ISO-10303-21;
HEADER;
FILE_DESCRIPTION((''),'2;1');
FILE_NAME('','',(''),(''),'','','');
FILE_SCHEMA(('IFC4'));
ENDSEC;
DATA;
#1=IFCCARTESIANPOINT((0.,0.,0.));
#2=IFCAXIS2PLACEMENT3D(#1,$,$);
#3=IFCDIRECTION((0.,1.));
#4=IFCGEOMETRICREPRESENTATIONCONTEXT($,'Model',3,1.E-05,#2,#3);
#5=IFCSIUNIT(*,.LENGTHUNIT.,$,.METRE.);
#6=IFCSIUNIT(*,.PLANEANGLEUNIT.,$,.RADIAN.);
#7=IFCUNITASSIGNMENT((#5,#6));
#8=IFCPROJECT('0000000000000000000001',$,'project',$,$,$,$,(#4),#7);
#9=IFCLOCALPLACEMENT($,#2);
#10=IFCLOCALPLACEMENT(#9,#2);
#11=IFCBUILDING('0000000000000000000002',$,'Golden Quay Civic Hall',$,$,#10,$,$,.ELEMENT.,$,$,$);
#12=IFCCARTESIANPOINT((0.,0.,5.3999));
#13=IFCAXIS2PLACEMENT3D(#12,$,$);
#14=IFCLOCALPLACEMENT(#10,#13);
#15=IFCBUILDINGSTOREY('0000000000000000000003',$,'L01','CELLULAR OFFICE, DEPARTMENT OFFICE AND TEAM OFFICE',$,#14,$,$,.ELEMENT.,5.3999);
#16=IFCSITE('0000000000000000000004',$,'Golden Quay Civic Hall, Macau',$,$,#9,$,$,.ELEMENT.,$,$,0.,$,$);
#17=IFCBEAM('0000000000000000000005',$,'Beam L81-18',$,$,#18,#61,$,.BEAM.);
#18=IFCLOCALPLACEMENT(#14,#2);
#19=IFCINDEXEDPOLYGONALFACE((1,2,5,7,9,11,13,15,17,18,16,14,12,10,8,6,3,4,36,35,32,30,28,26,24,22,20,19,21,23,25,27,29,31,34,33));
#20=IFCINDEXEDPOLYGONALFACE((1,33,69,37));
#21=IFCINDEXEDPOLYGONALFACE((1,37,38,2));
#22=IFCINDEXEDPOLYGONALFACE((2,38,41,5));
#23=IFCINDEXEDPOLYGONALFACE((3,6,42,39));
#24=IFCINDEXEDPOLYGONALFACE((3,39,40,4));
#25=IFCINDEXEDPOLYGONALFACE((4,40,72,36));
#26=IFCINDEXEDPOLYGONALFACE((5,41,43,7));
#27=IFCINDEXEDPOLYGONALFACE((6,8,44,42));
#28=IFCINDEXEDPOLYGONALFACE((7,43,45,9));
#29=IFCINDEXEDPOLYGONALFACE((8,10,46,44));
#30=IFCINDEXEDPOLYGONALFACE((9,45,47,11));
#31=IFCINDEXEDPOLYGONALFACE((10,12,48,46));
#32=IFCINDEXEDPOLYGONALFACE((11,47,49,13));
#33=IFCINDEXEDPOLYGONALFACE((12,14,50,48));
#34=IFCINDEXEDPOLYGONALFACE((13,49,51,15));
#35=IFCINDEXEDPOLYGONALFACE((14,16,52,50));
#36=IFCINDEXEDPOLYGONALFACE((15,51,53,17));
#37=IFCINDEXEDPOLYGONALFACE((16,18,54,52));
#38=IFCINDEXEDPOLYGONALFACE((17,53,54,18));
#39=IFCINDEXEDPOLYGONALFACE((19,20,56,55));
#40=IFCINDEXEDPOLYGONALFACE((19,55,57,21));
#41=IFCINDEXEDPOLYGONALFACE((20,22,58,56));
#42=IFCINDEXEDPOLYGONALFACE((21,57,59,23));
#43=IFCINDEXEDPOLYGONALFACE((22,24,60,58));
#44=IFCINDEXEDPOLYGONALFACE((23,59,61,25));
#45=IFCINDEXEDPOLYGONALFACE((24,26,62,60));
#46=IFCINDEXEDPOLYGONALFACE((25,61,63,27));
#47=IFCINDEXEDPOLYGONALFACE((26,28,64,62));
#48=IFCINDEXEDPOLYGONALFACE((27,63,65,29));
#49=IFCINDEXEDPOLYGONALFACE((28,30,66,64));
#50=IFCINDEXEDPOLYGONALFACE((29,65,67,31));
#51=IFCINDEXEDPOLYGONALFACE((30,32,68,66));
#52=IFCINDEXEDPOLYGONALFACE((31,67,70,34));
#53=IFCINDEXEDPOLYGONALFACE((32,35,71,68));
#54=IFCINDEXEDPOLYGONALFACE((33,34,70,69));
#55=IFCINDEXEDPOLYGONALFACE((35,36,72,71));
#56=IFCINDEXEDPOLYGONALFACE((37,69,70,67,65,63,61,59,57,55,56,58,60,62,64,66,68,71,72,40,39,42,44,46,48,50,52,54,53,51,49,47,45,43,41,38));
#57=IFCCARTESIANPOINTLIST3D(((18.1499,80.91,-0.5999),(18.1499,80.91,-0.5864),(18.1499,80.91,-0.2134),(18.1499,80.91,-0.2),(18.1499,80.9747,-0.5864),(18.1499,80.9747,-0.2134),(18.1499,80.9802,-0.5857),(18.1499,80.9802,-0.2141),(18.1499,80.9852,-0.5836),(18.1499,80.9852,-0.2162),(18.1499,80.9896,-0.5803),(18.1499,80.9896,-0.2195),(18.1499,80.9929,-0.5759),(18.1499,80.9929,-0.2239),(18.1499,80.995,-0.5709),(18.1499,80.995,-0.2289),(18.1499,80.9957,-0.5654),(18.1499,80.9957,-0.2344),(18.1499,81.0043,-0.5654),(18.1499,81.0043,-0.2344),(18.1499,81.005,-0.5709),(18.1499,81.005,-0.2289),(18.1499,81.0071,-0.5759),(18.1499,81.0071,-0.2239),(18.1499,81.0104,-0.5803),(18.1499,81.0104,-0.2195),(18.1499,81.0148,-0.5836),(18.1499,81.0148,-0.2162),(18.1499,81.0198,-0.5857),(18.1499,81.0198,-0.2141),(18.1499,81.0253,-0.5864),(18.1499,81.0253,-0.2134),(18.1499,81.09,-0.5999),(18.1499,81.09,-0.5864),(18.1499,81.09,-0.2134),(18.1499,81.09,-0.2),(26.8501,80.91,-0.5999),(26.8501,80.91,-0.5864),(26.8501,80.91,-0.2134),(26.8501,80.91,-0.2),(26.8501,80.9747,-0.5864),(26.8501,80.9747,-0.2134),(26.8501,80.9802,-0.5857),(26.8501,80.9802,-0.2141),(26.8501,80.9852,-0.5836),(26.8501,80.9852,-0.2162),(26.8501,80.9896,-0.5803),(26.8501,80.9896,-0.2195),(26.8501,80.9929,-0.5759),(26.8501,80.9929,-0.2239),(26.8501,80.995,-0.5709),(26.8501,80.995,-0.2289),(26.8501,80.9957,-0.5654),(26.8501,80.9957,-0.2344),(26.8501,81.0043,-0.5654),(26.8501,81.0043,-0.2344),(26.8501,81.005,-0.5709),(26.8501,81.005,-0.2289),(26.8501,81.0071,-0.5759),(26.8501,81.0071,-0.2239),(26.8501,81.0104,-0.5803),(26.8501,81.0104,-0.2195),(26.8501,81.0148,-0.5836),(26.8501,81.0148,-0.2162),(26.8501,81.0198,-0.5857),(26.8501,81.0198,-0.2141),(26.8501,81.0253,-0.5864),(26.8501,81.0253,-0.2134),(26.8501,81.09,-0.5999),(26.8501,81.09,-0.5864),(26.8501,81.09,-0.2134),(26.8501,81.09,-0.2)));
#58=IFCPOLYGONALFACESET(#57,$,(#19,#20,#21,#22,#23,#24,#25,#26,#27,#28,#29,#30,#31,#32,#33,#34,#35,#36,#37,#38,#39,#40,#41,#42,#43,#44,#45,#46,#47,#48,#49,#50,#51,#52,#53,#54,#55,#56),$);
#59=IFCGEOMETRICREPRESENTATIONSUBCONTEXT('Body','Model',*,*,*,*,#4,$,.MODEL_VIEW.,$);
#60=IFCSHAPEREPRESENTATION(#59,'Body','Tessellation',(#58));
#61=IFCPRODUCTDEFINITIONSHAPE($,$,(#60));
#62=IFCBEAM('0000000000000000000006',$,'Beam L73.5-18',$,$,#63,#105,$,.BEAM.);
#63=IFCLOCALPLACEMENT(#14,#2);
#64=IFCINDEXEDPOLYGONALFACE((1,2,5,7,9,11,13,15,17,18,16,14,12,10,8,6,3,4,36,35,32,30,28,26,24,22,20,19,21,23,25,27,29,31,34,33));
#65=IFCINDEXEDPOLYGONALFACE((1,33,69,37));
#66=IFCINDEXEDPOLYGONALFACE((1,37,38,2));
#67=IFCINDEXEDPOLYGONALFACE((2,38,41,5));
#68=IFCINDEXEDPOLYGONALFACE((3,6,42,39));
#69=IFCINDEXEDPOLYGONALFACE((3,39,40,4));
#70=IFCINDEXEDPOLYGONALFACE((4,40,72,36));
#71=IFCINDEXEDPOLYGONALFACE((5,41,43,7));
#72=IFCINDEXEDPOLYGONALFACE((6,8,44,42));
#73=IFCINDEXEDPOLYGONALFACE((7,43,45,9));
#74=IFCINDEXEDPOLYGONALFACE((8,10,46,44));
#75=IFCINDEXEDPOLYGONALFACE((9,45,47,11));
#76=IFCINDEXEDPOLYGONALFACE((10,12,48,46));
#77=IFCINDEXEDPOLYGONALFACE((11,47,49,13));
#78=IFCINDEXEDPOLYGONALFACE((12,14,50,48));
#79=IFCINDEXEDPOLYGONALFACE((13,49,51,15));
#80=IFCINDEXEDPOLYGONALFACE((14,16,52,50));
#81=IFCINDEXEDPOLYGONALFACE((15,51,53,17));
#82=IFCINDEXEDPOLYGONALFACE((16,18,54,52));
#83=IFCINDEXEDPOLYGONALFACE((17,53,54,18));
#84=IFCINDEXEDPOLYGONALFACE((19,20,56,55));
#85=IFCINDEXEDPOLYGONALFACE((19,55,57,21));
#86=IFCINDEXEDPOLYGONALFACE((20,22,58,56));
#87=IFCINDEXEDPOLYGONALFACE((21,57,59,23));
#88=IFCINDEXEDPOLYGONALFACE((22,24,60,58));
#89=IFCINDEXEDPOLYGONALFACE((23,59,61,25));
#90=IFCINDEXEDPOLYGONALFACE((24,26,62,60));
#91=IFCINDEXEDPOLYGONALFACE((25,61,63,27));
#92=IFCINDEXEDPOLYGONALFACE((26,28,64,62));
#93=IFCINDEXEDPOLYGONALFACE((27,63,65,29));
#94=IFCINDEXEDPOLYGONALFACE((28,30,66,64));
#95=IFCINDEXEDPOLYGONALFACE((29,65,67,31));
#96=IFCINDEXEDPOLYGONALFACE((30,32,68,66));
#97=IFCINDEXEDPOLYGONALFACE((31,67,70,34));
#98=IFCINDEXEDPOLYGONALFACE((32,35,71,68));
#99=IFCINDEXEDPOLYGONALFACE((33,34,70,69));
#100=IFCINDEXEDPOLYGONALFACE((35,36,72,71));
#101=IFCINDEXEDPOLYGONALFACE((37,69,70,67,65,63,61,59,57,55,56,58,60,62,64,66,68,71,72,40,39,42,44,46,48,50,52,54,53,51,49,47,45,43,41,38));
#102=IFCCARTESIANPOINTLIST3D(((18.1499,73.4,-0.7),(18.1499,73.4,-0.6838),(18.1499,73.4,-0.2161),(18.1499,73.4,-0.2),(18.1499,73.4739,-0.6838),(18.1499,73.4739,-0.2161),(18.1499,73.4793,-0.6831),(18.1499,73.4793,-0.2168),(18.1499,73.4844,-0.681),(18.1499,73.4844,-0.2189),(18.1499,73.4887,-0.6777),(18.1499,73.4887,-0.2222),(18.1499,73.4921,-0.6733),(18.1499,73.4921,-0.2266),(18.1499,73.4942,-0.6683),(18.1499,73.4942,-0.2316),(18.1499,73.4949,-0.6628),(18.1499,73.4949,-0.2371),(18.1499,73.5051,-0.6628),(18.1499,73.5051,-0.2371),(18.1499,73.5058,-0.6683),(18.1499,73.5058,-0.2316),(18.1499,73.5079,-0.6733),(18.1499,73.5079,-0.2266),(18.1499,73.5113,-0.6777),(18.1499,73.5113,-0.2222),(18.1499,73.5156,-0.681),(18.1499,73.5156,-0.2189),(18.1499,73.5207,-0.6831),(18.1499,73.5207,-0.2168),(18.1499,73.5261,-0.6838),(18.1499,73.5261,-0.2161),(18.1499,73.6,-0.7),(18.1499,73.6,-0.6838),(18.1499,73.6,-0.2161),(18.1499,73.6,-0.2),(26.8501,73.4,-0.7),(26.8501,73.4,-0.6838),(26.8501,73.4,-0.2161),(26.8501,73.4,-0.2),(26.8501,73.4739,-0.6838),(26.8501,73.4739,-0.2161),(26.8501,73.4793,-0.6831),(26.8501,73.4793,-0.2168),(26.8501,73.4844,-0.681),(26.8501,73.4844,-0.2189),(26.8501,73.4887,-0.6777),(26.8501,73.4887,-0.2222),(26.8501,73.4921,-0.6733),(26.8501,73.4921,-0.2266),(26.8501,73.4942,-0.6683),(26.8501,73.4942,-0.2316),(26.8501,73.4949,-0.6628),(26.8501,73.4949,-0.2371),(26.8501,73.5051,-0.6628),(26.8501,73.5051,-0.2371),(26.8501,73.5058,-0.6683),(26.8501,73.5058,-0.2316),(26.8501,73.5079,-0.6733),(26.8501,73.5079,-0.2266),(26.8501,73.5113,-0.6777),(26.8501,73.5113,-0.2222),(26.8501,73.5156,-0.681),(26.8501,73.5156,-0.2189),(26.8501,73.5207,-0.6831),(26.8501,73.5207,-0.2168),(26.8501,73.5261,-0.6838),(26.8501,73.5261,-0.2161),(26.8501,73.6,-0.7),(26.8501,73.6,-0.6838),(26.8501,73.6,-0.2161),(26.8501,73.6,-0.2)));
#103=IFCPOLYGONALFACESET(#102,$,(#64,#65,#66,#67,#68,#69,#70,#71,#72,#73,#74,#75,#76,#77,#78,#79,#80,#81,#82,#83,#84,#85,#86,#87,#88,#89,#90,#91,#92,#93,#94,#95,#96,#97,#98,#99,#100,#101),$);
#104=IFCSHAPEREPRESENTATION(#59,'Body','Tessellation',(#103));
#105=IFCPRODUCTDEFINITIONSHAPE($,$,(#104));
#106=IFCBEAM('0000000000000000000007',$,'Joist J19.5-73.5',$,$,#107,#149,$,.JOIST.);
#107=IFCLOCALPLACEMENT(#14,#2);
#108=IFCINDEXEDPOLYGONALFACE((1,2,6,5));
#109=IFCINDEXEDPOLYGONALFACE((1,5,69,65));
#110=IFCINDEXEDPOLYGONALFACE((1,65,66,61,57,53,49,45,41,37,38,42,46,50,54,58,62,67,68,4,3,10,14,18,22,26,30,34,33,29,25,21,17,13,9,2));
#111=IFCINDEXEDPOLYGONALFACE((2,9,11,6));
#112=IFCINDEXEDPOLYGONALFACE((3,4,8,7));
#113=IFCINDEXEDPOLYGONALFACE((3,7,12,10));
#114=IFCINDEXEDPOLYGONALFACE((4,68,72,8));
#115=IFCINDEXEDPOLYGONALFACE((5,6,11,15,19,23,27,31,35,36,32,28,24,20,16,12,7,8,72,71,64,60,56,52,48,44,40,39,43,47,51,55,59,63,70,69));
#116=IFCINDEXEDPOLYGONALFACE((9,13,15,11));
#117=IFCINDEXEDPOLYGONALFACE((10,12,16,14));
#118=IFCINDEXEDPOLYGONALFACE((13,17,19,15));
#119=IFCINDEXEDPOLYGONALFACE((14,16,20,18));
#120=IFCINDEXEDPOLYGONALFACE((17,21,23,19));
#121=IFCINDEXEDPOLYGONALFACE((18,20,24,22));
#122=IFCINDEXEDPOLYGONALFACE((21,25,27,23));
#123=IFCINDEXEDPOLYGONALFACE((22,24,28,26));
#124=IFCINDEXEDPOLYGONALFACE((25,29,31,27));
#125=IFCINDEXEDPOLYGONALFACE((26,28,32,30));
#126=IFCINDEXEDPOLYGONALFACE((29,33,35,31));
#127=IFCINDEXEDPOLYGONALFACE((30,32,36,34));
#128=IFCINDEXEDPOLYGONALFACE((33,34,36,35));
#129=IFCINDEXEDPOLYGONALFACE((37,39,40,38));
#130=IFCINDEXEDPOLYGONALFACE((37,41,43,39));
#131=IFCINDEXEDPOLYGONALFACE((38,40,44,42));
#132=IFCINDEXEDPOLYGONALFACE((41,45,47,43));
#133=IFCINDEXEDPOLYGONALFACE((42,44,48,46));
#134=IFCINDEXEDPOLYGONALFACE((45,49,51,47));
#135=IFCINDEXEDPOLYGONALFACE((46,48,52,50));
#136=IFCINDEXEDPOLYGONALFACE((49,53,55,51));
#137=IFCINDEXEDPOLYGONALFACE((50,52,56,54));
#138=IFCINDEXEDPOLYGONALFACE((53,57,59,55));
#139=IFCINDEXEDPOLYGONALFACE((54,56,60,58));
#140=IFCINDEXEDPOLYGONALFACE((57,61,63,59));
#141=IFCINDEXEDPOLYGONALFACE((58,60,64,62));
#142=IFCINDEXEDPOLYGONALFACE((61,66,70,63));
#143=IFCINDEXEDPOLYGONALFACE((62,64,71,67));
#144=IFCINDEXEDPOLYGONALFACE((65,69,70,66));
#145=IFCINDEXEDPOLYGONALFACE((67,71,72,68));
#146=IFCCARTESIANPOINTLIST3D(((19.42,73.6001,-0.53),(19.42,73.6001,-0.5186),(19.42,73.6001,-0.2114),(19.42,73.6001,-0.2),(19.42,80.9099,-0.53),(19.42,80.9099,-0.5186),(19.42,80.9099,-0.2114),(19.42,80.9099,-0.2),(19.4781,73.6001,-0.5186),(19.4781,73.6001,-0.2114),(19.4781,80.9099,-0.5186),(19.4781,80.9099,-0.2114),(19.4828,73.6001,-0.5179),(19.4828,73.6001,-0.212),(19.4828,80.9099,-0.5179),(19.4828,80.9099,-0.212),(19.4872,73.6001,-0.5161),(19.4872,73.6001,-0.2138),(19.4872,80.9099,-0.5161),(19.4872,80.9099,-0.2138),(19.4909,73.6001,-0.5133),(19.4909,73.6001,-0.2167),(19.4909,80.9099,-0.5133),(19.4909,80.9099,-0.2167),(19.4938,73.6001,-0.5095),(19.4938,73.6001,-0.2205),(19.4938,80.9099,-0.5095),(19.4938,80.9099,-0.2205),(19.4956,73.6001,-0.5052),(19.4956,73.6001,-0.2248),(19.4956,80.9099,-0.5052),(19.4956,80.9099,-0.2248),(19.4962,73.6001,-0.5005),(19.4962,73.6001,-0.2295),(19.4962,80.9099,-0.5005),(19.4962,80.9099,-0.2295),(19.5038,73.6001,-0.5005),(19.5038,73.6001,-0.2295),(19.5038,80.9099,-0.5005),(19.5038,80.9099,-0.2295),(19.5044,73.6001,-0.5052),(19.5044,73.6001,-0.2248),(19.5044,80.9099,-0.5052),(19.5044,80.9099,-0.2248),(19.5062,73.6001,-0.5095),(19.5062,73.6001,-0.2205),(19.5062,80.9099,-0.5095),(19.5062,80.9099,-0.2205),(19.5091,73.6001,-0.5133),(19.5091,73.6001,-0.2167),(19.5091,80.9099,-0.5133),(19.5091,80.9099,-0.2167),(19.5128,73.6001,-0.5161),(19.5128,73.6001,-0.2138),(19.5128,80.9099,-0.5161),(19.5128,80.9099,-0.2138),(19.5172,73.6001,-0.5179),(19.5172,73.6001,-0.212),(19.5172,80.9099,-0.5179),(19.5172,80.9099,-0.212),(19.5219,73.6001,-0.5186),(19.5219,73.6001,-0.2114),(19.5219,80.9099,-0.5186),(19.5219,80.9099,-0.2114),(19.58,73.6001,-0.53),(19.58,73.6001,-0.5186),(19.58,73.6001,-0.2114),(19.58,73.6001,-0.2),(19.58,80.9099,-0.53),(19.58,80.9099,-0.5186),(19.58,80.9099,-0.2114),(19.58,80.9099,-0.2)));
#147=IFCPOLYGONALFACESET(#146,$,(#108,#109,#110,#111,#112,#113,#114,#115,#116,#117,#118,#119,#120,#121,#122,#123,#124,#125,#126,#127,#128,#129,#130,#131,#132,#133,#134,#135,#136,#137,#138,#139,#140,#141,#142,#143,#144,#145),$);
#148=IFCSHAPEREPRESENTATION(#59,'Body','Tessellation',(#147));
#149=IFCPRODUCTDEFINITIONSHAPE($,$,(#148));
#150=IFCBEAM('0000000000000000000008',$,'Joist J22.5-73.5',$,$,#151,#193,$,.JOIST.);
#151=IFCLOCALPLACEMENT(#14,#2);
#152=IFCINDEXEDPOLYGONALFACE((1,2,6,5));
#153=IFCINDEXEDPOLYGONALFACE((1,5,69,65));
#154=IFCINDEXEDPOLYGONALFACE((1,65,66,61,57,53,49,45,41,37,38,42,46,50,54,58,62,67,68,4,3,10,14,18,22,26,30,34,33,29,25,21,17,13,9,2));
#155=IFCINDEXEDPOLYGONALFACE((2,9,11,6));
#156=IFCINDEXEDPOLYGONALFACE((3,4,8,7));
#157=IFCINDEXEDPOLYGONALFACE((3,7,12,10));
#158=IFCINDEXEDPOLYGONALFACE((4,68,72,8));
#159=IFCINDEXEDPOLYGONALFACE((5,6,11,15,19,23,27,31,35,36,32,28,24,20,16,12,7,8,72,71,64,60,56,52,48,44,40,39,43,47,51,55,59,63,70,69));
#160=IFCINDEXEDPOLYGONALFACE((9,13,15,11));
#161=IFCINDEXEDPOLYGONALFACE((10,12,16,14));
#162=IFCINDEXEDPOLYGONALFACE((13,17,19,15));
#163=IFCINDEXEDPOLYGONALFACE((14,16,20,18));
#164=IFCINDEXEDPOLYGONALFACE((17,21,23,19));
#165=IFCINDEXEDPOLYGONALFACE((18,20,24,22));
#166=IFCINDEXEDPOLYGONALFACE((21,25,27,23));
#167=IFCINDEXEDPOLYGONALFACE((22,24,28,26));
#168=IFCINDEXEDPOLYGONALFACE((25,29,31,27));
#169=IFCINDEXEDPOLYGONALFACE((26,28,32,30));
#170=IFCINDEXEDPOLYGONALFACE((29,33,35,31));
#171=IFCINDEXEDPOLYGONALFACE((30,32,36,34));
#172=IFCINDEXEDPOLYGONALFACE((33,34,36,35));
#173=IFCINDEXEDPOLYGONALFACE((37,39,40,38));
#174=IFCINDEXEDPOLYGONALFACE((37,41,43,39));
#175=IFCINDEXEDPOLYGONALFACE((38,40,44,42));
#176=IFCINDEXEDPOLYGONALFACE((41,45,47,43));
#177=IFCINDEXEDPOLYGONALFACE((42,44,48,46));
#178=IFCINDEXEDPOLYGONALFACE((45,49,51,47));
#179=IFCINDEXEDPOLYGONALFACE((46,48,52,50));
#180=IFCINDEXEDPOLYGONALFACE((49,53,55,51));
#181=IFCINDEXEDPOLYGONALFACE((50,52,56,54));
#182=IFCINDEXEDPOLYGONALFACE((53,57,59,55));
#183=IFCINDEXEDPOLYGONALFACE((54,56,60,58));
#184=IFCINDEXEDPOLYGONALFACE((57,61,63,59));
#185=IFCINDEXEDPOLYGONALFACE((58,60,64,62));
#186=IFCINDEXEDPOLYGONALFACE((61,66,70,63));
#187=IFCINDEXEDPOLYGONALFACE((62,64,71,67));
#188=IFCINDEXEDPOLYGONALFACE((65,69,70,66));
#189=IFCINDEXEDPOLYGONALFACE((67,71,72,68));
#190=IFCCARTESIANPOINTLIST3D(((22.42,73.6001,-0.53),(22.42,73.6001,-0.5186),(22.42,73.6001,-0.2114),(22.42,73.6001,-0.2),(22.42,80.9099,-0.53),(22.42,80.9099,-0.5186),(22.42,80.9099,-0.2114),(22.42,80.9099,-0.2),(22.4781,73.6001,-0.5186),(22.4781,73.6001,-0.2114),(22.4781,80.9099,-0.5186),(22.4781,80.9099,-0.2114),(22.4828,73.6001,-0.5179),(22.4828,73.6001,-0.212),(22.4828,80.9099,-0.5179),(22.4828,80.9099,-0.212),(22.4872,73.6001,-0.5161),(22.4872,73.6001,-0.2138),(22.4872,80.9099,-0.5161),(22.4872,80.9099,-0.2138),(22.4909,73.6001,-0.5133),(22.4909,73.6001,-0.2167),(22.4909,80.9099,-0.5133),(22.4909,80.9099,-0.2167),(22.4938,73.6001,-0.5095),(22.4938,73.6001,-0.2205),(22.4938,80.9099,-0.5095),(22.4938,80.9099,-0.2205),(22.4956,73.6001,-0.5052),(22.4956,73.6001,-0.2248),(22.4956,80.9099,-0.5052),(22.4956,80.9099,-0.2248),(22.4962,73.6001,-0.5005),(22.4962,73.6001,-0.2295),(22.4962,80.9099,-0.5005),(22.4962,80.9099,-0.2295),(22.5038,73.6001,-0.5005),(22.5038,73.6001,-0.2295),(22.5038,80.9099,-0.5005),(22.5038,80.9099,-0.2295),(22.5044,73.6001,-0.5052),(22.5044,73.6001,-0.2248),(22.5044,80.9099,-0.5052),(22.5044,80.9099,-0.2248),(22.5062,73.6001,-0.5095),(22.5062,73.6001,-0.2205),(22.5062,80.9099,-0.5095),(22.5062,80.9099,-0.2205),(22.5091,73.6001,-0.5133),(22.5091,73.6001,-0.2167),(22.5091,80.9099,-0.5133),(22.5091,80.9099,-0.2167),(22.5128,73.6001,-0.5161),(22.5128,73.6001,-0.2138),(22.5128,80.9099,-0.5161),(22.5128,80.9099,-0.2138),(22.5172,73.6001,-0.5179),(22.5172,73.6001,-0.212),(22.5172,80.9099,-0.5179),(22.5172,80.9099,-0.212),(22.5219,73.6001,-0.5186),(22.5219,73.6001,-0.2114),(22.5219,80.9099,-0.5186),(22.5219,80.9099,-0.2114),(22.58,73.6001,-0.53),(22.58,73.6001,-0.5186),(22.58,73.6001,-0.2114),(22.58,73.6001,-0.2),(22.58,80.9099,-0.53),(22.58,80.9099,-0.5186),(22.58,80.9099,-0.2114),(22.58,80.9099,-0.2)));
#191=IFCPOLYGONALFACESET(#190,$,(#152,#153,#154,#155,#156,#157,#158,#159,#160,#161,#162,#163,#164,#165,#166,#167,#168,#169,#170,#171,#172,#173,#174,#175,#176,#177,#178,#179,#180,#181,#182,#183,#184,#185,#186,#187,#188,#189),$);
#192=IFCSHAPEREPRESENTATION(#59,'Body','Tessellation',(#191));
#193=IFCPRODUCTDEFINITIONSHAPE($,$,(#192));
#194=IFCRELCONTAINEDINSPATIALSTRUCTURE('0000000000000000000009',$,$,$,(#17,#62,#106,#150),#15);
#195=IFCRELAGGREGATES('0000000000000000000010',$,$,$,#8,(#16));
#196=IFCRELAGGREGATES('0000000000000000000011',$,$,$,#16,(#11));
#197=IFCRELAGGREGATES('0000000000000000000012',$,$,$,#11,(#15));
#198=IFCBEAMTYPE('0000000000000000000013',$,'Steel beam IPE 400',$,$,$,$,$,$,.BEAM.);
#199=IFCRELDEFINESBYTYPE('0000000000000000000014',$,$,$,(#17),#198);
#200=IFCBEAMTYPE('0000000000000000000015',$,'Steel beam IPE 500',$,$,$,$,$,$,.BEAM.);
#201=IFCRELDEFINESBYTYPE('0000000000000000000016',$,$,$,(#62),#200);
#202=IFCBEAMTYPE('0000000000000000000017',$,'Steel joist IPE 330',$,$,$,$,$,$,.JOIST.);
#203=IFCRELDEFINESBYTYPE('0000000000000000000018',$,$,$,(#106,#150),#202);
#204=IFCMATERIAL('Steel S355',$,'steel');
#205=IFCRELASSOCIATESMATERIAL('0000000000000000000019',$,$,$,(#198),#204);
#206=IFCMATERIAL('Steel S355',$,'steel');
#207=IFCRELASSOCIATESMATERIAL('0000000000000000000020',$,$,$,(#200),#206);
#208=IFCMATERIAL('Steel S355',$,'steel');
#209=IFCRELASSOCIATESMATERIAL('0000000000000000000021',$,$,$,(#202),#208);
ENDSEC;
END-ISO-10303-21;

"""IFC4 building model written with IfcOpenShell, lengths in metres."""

from ifc_helpers import new_model, si_unit, direction, frame, origin, origin_2d, place, context, subcontext, project, spatial, i_section, extrude, material, material_profile, profile_set, type_object, element, save


model = new_model("IFC4")

# Units and contexts
model_context = context("Model", 3, precision=1e-05, world=origin(), true_north=direction((0.0, 1.0)))
body_context = subcontext(model_context, "Body", "Model", "MODEL_VIEW")
ifc_project = project(units=[si_unit("LENGTHUNIT", "METRE"), si_unit("PLANEANGLEUNIT", "RADIAN")], contexts=[model_context])

# Site, building, storey
site_placement = place(None, origin())
site = spatial("IfcSite", under=ifc_project, at=site_placement, Name="Golden Quay Civic Hall, Macau", CompositionType="ELEMENT", RefElevation=0.0)
building_placement = place(site_placement, origin())
building = spatial("IfcBuilding", under=site, at=building_placement, Name="Golden Quay Civic Hall", CompositionType="ELEMENT")
storey_placement = place(building_placement, frame((0.0, 0.0, 5.3999)))
storey = spatial("IfcBuildingStorey", under=building, at=storey_placement, Name="L01", Description="CELLULAR OFFICE, DEPARTMENT OFFICE AND TEAM OFFICE", CompositionType="ELEMENT", Elevation=5.3999)

# Beams
ifc_material_1 = material(Name="Steel S355", Category="steel")
ifc_material_profile_1 = material_profile(ifc_material_1, i_section(OverallWidth=0.1799, OverallDepth=0.3999, WebThickness=0.0085, FlangeThickness=0.0134, FilletRadius=0.021, at=origin_2d()), Name="IPE 400")
ifc_profile_set_1 = profile_set([ifc_material_profile_1], Name="Steel S355")
beam_type_1 = type_object("IfcBeamType", Name="Steel beam IPE 400", PredefinedType="BEAM", material=ifc_profile_set_1)
beam_1_placement = place(storey_placement, frame((18.1499, 81.0, -0.3999), z_axis=(1.0, 0.0, 0.0), x_axis=(0.0, 1.0, 0.0)))
element("IfcBeam", 1, at=beam_1_placement, inside=storey, type_object=beam_type_1, Name="Beam L81-18", PredefinedType="BEAM", context=body_context, shape_type="SweptSolid", body=[
    extrude(i_section(OverallWidth=0.1799, OverallDepth=0.3999, WebThickness=0.0085, FlangeThickness=0.0134, FilletRadius=0.021, at=origin_2d()), origin(), (0.0, 0.0, 1.0), 8.7002),
])
ifc_material_2 = material(Name="Steel S355", Category="steel")
ifc_material_profile_2 = material_profile(ifc_material_2, i_section(OverallWidth=0.2, OverallDepth=0.5, WebThickness=0.0103, FlangeThickness=0.0161, FilletRadius=0.021, at=origin_2d()), Name="IPE 500")
ifc_profile_set_2 = profile_set([ifc_material_profile_2], Name="Steel S355")
beam_type_2 = type_object("IfcBeamType", Name="Steel beam IPE 500", PredefinedType="BEAM", material=ifc_profile_set_2)
beam_2_placement = place(storey_placement, frame((18.1499, 73.5, -0.45), z_axis=(1.0, 0.0, 0.0), x_axis=(0.0, 1.0, 0.0)))
element("IfcBeam", 2, at=beam_2_placement, inside=storey, type_object=beam_type_2, Name="Beam L73.5-18", PredefinedType="BEAM", context=body_context, shape_type="SweptSolid", body=[
    extrude(i_section(OverallWidth=0.2, OverallDepth=0.5, WebThickness=0.0103, FlangeThickness=0.0161, FilletRadius=0.021, at=origin_2d()), origin(), (0.0, 0.0, 1.0), 8.7002),
])
ifc_material_3 = material(Name="Steel S355", Category="steel")
ifc_material_profile_3 = material_profile(ifc_material_3, i_section(OverallWidth=0.1599, OverallDepth=0.3301, WebThickness=0.0076, FlangeThickness=0.0115, FilletRadius=0.0181, at=origin_2d()), Name="IPE 330")
ifc_profile_set_3 = profile_set([ifc_material_profile_3], Name="Steel S355")
beam_type_3 = type_object("IfcBeamType", Name="Steel joist IPE 330", PredefinedType="JOIST", material=ifc_profile_set_3)
for number, where, z_axis, x_axis, name in (
    (3, (19.5, 73.6001, -0.365), (0.0, 1.0, 0.0), (-1.0, 0.0, 0.0), "Joist J19.5-73.5"),
    (4, (22.5, 73.6001, -0.365), (0.0, 1.0, 0.0), (-1.0, 0.0, 0.0), "Joist J22.5-73.5"),
):
    element("IfcBeam", number, at=place(storey_placement, frame(where, z_axis=z_axis, x_axis=x_axis)), inside=storey, type_object=beam_type_3, Name=name, PredefinedType="JOIST", context=body_context, shape_type="SweptSolid", body=[
        extrude(i_section(OverallWidth=0.1599, OverallDepth=0.3301, WebThickness=0.0076, FlangeThickness=0.0115, FilletRadius=0.0181, at=origin_2d()), origin(), (0.0, 0.0, 1.0), 7.3098),
    ])

save(model, "model.ifc")
